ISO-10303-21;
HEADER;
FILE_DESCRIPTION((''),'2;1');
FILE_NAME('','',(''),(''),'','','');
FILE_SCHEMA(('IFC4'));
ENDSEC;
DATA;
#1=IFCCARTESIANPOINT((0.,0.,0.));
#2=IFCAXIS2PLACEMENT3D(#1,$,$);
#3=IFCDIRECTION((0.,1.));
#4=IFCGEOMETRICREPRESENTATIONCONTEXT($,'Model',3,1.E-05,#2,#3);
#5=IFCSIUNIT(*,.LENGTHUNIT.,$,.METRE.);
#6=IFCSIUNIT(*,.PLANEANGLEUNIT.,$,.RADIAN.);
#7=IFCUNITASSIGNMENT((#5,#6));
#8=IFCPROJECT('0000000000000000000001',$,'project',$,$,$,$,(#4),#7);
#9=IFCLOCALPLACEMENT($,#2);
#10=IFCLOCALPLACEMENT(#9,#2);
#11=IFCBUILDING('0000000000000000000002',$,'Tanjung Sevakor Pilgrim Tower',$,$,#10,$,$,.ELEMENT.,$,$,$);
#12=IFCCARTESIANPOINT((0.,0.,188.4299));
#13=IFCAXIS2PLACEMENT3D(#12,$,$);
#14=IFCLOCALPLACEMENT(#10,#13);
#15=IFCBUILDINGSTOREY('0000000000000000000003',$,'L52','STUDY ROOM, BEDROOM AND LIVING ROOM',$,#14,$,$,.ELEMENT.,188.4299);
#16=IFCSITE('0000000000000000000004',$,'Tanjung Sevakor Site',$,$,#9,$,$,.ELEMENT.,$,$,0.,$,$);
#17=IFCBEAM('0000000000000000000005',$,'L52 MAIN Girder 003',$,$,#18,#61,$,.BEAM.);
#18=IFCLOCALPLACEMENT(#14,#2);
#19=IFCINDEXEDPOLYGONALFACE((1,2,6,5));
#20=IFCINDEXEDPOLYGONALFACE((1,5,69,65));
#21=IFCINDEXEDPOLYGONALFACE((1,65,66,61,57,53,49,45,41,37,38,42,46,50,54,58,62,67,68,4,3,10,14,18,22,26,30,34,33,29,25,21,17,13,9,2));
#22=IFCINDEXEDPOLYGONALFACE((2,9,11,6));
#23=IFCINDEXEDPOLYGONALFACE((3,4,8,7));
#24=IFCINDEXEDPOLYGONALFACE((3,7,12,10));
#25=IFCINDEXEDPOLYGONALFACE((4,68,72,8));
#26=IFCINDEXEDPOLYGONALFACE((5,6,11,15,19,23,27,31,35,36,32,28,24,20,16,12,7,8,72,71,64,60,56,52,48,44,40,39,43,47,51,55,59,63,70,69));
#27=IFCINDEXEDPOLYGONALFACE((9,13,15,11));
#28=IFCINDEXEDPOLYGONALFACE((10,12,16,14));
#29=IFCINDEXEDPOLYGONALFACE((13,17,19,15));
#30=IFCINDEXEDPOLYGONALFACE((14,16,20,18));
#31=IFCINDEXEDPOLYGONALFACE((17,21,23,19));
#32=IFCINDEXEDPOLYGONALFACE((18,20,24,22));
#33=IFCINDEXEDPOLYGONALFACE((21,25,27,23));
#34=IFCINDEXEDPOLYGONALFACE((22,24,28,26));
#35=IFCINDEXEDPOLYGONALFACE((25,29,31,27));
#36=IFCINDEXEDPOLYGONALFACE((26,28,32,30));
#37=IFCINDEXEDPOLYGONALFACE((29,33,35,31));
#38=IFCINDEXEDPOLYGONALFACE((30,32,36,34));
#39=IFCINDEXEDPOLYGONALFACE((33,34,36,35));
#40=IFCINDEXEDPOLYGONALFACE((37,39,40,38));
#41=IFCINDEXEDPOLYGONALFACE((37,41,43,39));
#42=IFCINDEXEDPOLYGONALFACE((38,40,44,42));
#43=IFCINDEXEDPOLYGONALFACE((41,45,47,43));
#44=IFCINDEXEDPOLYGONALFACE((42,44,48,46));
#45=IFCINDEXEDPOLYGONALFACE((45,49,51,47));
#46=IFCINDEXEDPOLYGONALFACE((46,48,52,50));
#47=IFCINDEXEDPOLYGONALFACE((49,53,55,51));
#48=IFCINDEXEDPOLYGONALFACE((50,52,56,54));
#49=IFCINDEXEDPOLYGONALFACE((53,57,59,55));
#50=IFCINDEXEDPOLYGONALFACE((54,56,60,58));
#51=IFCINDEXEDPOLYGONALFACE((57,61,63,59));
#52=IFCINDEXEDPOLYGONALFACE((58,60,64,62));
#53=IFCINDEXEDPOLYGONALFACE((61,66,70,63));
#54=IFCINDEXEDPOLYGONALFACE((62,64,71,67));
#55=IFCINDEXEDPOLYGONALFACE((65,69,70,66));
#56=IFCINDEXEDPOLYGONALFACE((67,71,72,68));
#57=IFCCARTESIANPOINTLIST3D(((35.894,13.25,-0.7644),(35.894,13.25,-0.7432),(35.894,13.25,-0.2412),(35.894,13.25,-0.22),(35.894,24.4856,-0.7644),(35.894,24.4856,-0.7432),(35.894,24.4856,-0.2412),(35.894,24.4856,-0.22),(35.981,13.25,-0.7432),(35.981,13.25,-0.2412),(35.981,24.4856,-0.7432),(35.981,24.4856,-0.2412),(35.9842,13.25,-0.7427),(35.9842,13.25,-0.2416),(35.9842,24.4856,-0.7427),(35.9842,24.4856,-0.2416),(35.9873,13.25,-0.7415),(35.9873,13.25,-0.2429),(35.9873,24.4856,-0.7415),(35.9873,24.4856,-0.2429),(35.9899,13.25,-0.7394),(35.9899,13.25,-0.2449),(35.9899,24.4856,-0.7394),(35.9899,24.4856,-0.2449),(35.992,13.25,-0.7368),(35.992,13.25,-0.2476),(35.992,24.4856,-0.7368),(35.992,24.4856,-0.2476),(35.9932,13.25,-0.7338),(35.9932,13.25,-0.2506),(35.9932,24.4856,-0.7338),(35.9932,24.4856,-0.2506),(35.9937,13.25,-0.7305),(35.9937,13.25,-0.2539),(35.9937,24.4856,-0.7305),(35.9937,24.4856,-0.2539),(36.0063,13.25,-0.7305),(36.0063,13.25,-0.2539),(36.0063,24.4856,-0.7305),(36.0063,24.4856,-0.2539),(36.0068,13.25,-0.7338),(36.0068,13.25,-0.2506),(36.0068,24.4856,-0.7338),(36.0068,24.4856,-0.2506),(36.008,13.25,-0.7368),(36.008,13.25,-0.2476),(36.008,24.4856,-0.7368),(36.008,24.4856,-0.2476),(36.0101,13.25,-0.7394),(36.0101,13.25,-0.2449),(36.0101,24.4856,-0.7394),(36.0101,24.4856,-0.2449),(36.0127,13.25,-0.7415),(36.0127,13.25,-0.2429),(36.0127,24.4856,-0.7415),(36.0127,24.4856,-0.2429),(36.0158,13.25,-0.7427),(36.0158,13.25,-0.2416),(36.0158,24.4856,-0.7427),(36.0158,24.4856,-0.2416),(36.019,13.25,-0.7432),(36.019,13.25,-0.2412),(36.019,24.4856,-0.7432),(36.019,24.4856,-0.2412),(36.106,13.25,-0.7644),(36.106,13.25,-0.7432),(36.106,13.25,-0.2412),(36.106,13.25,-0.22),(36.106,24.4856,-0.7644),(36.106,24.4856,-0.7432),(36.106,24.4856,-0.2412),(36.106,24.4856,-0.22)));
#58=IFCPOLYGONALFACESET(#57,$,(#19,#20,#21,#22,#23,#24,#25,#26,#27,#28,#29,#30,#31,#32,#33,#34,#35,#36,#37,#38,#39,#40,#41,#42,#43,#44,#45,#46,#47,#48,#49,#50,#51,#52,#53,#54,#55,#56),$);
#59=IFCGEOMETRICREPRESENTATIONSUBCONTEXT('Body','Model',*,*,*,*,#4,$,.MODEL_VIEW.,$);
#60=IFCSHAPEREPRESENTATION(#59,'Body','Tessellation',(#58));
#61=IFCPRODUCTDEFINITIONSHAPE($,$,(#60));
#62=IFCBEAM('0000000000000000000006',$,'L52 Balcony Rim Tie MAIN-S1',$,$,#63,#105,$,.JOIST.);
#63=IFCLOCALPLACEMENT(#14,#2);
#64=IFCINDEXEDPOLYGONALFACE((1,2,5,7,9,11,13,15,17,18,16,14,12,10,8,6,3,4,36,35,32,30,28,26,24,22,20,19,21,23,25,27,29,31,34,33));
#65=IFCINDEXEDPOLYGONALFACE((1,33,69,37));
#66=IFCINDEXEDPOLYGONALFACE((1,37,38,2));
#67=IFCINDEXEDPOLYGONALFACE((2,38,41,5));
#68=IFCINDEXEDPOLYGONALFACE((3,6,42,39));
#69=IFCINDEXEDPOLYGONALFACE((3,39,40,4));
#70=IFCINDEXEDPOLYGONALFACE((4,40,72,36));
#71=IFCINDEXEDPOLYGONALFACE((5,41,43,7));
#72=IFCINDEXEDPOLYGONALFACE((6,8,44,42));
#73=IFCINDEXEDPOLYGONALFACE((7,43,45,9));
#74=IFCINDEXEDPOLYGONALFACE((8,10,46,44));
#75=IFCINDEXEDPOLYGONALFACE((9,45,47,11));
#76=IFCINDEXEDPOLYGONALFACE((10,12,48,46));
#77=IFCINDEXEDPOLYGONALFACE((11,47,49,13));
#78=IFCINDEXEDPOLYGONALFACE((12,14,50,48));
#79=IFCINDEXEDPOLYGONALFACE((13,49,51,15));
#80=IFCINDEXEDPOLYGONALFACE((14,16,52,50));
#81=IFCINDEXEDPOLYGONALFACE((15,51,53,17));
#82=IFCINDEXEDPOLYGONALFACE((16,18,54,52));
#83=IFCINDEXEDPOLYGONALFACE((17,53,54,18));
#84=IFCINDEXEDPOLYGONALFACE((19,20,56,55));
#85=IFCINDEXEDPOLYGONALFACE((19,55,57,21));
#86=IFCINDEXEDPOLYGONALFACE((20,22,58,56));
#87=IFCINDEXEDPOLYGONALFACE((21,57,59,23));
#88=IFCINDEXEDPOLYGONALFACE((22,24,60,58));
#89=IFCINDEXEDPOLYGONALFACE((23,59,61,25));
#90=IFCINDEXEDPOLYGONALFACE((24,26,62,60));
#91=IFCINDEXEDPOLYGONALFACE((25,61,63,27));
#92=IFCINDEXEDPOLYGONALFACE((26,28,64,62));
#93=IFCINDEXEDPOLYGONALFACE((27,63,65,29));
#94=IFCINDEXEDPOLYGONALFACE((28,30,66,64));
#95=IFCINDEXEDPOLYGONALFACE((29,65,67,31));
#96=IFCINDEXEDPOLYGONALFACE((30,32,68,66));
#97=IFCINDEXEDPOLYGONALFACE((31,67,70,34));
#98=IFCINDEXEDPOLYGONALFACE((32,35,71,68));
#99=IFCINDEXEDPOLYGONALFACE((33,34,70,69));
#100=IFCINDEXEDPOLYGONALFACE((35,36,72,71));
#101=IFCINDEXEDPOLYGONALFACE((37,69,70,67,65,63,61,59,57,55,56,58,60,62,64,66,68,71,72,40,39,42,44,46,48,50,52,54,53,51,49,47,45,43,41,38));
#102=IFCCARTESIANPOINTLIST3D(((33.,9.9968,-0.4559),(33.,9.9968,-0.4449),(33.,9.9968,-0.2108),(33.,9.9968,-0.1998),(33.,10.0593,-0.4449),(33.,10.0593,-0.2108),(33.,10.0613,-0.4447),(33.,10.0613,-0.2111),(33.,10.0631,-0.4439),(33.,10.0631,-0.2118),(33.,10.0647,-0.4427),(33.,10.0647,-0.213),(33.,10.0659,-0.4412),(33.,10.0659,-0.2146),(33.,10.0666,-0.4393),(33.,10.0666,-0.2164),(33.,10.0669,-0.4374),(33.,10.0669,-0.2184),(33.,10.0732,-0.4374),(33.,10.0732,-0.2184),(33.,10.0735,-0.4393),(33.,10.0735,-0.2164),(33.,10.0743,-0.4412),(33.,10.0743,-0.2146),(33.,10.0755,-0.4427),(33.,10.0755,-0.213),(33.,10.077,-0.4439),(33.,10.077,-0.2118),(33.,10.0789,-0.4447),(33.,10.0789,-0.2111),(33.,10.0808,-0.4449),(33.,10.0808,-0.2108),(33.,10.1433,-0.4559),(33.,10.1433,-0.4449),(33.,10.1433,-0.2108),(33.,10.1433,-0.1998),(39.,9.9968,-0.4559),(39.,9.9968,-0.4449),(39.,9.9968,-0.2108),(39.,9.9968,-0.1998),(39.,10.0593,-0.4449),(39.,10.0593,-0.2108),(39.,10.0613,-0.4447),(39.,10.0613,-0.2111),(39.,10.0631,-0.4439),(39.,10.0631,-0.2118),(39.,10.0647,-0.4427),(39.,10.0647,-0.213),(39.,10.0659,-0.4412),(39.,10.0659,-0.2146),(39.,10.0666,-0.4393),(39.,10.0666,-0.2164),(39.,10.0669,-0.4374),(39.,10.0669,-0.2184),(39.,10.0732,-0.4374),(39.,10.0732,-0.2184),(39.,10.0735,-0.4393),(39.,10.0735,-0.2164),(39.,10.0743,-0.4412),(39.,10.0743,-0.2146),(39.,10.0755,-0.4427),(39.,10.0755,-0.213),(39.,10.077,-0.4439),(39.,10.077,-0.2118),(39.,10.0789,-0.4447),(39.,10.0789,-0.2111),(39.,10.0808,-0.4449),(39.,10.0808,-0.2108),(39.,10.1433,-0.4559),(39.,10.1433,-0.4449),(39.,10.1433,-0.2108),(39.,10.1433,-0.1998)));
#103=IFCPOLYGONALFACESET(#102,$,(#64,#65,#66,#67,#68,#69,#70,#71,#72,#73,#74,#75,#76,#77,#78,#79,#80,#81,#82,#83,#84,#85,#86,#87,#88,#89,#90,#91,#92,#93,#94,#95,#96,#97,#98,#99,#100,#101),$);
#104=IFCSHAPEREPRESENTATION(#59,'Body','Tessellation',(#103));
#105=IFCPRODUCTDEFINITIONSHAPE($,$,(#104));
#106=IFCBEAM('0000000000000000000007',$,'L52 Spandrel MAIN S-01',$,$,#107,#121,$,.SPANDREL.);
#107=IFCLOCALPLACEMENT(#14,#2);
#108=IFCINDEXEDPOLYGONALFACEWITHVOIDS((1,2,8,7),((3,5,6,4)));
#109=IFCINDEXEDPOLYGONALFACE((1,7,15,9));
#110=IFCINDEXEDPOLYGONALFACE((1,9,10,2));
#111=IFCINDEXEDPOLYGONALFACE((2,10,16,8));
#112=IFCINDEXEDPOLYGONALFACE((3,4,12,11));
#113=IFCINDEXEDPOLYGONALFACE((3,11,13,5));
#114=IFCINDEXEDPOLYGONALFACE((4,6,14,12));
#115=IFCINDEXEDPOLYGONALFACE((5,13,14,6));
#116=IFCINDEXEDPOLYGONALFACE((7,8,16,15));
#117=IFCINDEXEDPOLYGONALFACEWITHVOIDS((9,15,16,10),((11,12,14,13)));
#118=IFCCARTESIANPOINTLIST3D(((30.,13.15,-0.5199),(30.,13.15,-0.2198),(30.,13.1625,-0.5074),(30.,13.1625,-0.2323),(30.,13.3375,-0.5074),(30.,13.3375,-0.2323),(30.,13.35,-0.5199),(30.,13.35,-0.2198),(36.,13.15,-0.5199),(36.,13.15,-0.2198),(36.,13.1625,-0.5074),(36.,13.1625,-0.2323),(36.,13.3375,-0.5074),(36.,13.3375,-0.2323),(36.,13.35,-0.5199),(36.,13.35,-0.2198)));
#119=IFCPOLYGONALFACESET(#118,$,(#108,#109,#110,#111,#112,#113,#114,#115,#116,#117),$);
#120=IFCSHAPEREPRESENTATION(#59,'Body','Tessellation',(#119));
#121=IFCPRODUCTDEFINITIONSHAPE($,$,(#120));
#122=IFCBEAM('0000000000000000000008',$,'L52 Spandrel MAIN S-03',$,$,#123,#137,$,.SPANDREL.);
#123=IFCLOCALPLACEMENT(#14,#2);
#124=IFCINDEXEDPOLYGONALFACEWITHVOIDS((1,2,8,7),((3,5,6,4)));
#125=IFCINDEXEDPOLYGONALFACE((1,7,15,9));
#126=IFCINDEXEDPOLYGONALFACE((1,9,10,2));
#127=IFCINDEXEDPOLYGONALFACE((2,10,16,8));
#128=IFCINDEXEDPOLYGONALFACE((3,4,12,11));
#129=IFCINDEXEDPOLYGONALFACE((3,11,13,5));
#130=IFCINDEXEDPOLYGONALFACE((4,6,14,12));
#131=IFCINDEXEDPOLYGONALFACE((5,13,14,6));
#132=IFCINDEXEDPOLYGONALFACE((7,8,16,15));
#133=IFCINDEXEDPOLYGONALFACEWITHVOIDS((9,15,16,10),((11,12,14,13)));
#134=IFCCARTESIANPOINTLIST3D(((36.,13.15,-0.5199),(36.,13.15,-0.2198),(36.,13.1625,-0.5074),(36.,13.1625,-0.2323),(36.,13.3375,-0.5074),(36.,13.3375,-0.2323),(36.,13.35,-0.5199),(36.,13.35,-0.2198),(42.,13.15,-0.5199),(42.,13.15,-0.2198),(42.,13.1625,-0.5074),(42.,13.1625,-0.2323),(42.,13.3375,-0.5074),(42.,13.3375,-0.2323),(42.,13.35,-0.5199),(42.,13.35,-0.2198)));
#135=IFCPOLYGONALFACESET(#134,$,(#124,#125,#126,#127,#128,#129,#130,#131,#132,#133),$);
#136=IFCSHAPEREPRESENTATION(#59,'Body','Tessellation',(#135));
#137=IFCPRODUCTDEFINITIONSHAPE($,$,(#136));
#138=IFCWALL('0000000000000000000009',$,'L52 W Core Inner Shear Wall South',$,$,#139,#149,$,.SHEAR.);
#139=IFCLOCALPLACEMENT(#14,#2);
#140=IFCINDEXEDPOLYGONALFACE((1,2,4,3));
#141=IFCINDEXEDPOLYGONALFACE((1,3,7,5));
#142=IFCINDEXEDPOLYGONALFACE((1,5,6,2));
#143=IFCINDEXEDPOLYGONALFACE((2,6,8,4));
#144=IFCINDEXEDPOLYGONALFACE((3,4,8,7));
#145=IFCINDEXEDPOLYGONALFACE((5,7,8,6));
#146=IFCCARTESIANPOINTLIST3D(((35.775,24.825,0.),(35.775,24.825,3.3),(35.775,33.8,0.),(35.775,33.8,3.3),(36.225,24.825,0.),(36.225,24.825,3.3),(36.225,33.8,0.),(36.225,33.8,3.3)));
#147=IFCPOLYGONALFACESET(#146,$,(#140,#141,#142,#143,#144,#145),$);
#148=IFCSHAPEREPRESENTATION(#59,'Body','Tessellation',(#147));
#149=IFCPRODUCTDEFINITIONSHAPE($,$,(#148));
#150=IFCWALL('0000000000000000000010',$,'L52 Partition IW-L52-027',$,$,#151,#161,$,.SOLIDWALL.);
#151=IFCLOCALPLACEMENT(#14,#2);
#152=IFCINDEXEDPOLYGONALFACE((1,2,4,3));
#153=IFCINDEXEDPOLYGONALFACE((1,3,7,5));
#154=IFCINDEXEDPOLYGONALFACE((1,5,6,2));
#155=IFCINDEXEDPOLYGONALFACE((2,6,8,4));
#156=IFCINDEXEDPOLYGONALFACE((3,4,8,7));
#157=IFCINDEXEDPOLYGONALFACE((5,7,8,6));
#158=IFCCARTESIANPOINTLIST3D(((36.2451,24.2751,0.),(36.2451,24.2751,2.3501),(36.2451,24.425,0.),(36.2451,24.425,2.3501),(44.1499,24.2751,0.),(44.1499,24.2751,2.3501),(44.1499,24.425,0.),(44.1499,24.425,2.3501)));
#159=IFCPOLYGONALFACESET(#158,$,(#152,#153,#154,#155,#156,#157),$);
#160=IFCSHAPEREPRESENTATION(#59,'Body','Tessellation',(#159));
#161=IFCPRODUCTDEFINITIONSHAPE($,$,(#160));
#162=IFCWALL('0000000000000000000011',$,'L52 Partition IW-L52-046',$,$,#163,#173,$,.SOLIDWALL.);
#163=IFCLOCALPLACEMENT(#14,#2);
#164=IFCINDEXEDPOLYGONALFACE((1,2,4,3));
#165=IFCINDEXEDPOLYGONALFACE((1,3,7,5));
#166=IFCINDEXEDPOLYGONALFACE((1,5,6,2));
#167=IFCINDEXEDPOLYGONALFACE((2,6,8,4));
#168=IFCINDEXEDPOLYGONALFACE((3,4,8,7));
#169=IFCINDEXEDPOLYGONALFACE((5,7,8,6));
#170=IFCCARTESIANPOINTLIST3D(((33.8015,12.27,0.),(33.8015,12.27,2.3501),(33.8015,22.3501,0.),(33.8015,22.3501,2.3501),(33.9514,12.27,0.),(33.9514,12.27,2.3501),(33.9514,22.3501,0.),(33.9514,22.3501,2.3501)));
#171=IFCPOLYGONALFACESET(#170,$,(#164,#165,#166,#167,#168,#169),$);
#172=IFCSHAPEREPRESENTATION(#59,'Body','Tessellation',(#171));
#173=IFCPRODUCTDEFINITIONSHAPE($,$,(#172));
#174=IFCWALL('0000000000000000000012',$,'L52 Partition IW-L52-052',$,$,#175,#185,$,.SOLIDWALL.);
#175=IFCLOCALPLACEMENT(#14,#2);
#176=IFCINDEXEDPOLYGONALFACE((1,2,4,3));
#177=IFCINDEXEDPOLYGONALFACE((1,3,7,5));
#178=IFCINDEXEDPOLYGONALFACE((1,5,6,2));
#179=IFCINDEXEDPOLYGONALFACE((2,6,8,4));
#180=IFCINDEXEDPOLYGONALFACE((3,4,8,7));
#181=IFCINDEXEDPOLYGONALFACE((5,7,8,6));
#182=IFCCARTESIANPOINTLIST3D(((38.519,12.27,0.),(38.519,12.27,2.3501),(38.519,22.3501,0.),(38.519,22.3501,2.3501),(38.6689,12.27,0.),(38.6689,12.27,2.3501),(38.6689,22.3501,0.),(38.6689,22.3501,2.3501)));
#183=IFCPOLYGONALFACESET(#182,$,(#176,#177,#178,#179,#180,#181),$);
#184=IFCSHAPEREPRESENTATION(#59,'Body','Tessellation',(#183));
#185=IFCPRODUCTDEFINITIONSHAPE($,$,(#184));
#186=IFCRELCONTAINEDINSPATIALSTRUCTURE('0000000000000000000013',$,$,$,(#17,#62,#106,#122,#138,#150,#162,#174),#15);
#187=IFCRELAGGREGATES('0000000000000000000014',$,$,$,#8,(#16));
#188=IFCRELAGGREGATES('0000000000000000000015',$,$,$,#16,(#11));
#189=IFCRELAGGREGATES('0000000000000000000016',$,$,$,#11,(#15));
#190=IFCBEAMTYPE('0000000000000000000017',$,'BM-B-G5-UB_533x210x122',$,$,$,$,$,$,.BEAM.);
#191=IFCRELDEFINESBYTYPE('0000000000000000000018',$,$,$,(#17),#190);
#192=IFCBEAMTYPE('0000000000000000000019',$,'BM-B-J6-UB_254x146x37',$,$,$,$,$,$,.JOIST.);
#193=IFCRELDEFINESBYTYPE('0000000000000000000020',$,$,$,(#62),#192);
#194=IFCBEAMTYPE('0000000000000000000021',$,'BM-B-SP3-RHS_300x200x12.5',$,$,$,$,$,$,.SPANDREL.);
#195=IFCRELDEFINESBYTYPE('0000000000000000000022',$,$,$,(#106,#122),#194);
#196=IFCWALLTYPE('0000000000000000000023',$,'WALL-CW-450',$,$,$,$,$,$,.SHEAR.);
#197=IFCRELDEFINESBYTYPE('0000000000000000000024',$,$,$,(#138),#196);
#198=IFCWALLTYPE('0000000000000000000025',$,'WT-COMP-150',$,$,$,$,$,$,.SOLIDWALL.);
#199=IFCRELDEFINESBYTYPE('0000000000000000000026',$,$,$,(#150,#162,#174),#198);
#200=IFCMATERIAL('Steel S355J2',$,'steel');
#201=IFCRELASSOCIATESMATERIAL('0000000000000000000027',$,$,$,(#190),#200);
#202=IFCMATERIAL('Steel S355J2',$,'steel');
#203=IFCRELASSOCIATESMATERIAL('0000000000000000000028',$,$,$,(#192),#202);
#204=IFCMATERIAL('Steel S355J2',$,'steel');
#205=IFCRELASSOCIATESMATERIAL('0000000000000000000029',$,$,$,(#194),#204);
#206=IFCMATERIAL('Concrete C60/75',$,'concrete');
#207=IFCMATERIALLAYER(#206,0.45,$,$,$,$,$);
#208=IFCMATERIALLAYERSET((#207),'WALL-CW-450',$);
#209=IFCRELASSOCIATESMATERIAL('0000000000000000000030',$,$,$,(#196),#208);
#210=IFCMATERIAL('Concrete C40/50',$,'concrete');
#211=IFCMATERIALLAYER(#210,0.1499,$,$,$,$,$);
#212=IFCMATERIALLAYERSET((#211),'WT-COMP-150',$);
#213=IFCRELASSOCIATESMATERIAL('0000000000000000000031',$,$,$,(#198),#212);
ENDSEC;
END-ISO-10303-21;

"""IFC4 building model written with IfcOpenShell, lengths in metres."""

from ifc_helpers import new_model, si_unit, direction, frame, frame_2d, origin, origin_2d, place, context, subcontext, project, spatial, rectangle, hollow_rectangle, i_section, extrude, material, layer, layer_set, material_profile, profile_set, type_object, element, save


model = new_model("IFC4")

# Units and contexts
model_context = context("Model", 3, precision=1e-05, world=origin(), true_north=direction((0.0, 1.0)))
body_context = subcontext(model_context, "Body", "Model", "MODEL_VIEW")
ifc_project = project(units=[si_unit("LENGTHUNIT", "METRE"), si_unit("PLANEANGLEUNIT", "RADIAN")], contexts=[model_context])

# Site, building, storey
site_placement = place(None, origin())
site = spatial("IfcSite", under=ifc_project, at=site_placement, Name="Tanjung Sevakor Site", CompositionType="ELEMENT", RefElevation=0.0)
building_placement = place(site_placement, origin())
building = spatial("IfcBuilding", under=site, at=building_placement, Name="Tanjung Sevakor Pilgrim Tower", CompositionType="ELEMENT")
storey_placement = place(building_placement, frame((0.0, 0.0, 188.4299)))
storey = spatial("IfcBuildingStorey", under=building, at=storey_placement, Name="L52", Description="STUDY ROOM, BEDROOM AND LIVING ROOM", CompositionType="ELEMENT", Elevation=188.4299)

# Beams
ifc_material_1 = material(Name="Steel S355J2", Category="steel")
ifc_material_profile_1 = material_profile(ifc_material_1, i_section(OverallWidth=0.2119, OverallDepth=0.5444, WebThickness=0.0127, FlangeThickness=0.0212, FilletRadius=0.0127, at=origin_2d()))
ifc_profile_set_1 = profile_set([ifc_material_profile_1], Name="Steel S355J2")
beam_type_1 = type_object("IfcBeamType", Name="BM-B-G5-UB_533x210x122", PredefinedType="BEAM", material=ifc_profile_set_1)
for number, where, z_axis, x_axis, name in (
    (1, (36.0, 13.25, -0.4922), (0.0, 1.0, 0.0), (-1.0, 0.0, 0.0), "L52 MAIN Girder 003"),
):
    element("IfcBeam", number, at=place(storey_placement, frame(where, z_axis=z_axis, x_axis=x_axis)), inside=storey, type_object=beam_type_1, Name=name, PredefinedType="BEAM", context=body_context, shape_type="SweptSolid", body=[
        extrude(i_section(OverallWidth=0.2119, OverallDepth=0.5444, WebThickness=0.0127, FlangeThickness=0.0212, FilletRadius=0.0127, at=origin_2d()), origin(), (0.0, 0.0, 1.0), 11.2356),
    ])
ifc_material_2 = material(Name="Steel S355J2", Category="steel")
ifc_material_profile_2 = material_profile(ifc_material_2, i_section(OverallWidth=0.1465, OverallDepth=0.2561, WebThickness=0.0063, FlangeThickness=0.011, FilletRadius=0.0076, at=origin_2d()))
ifc_profile_set_2 = profile_set([ifc_material_profile_2], Name="Steel S355J2")
beam_type_2 = type_object("IfcBeamType", Name="BM-B-J6-UB_254x146x37", PredefinedType="JOIST", material=ifc_profile_set_2)
beam_1_placement = place(storey_placement, frame((33.0, 10.0701, -0.3279), z_axis=(1.0, 0.0, 0.0), x_axis=(0.0, 1.0, 0.0)))
element("IfcBeam", 2, at=beam_1_placement, inside=storey, type_object=beam_type_2, Name="L52 Balcony Rim Tie MAIN-S1", PredefinedType="JOIST", context=body_context, shape_type="SweptSolid", body=[
    extrude(i_section(OverallWidth=0.1465, OverallDepth=0.2561, WebThickness=0.0063, FlangeThickness=0.011, FilletRadius=0.0076, at=origin_2d()), origin(), (0.0, 0.0, 1.0), 6.0),
])
ifc_material_3 = material(Name="Steel S355J2", Category="steel")
ifc_material_profile_3 = material_profile(ifc_material_3, hollow_rectangle(XDim=0.2, YDim=0.3, WallThickness=0.0125, at=origin_2d()))
ifc_profile_set_3 = profile_set([ifc_material_profile_3], Name="Steel S355J2")
beam_type_3 = type_object("IfcBeamType", Name="BM-B-SP3-RHS_300x200x12.5", PredefinedType="SPANDREL", material=ifc_profile_set_3)
for number, where, z_axis, x_axis, name in (
    (3, (30.0, 13.25, -0.3699), (1.0, 0.0, 0.0), (0.0, 1.0, 0.0), "L52 Spandrel MAIN S-01"),
    (4, (36.0, 13.25, -0.3699), (1.0, 0.0, 0.0), (0.0, 1.0, 0.0), "L52 Spandrel MAIN S-03"),
):
    element("IfcBeam", number, at=place(storey_placement, frame(where, z_axis=z_axis, x_axis=x_axis)), inside=storey, type_object=beam_type_3, Name=name, PredefinedType="SPANDREL", context=body_context, shape_type="SweptSolid", body=[
        extrude(hollow_rectangle(XDim=0.2, YDim=0.3, WallThickness=0.0125, at=origin_2d()), origin(), (0.0, 0.0, 1.0), 6.0),
    ])

# Wall
ifc_material_4 = material(Name="Concrete C60/75", Category="concrete")
ifc_layer_1 = layer(ifc_material_4, 0.45)
ifc_layer_set_1 = layer_set([ifc_layer_1], Name="WALL-CW-450")
wall_type_1 = type_object("IfcWallType", Name="WALL-CW-450", PredefinedType="SHEAR", material=ifc_layer_set_1)
wall_1_placement = place(storey_placement, frame((36.0, 24.825, 0.0), z_axis=(0.0, 0.0, 1.0), x_axis=(0.0, 1.0, 0.0)))
element("IfcWall", 5, at=wall_1_placement, inside=storey, type_object=wall_type_1, Name="L52 W Core Inner Shear Wall South", PredefinedType="SHEAR", context=body_context, shape_type="SweptSolid", body=[
    extrude(rectangle(XDim=8.9751, YDim=0.45, at=frame_2d((4.4875, 0.0))), origin(), (0.0, 0.0, 1.0), 3.3),
])

# Shared definitions
ifc_material_5 = material(Name="Concrete C40/50", Category="concrete")
ifc_layer_2 = layer(ifc_material_5, 0.1499)
ifc_layer_set_2 = layer_set([ifc_layer_2], Name="WT-COMP-150")
wall_type_2 = type_object("IfcWallType", Name="WT-COMP-150", PredefinedType="SOLIDWALL", material=ifc_layer_set_2)

# Walls
wall_2_placement = place(storey_placement, frame((36.2451, 24.3501, 0.0), z_axis=(0.0, 0.0, 1.0), x_axis=(1.0, 0.0, 0.0)))
element("IfcWall", 6, at=wall_2_placement, inside=storey, type_object=wall_type_2, Name="L52 Partition IW-L52-027", PredefinedType="SOLIDWALL", context=body_context, shape_type="SweptSolid", body=[
    extrude(rectangle(XDim=7.9048, YDim=0.1499, at=frame_2d((3.9524, 0.0))), origin(), (0.0, 0.0, 1.0), 2.3501),
])
for number, where, z_axis, x_axis, name in (
    (7, (33.8765, 12.27, 0.0), (0.0, 0.0, 1.0), (0.0, 1.0, 0.0), "L52 Partition IW-L52-046"),
    (8, (38.594, 12.27, 0.0), (0.0, 0.0, 1.0), (0.0, 1.0, 0.0), "L52 Partition IW-L52-052"),
):
    element("IfcWall", number, at=place(storey_placement, frame(where, z_axis=z_axis, x_axis=x_axis)), inside=storey, type_object=wall_type_2, Name=name, PredefinedType="SOLIDWALL", context=body_context, shape_type="SweptSolid", body=[
        extrude(rectangle(XDim=10.0801, YDim=0.1499, at=frame_2d((5.04, 0.0))), origin(), (0.0, 0.0, 1.0), 2.3501),
    ])

save(model, "model.ifc")
